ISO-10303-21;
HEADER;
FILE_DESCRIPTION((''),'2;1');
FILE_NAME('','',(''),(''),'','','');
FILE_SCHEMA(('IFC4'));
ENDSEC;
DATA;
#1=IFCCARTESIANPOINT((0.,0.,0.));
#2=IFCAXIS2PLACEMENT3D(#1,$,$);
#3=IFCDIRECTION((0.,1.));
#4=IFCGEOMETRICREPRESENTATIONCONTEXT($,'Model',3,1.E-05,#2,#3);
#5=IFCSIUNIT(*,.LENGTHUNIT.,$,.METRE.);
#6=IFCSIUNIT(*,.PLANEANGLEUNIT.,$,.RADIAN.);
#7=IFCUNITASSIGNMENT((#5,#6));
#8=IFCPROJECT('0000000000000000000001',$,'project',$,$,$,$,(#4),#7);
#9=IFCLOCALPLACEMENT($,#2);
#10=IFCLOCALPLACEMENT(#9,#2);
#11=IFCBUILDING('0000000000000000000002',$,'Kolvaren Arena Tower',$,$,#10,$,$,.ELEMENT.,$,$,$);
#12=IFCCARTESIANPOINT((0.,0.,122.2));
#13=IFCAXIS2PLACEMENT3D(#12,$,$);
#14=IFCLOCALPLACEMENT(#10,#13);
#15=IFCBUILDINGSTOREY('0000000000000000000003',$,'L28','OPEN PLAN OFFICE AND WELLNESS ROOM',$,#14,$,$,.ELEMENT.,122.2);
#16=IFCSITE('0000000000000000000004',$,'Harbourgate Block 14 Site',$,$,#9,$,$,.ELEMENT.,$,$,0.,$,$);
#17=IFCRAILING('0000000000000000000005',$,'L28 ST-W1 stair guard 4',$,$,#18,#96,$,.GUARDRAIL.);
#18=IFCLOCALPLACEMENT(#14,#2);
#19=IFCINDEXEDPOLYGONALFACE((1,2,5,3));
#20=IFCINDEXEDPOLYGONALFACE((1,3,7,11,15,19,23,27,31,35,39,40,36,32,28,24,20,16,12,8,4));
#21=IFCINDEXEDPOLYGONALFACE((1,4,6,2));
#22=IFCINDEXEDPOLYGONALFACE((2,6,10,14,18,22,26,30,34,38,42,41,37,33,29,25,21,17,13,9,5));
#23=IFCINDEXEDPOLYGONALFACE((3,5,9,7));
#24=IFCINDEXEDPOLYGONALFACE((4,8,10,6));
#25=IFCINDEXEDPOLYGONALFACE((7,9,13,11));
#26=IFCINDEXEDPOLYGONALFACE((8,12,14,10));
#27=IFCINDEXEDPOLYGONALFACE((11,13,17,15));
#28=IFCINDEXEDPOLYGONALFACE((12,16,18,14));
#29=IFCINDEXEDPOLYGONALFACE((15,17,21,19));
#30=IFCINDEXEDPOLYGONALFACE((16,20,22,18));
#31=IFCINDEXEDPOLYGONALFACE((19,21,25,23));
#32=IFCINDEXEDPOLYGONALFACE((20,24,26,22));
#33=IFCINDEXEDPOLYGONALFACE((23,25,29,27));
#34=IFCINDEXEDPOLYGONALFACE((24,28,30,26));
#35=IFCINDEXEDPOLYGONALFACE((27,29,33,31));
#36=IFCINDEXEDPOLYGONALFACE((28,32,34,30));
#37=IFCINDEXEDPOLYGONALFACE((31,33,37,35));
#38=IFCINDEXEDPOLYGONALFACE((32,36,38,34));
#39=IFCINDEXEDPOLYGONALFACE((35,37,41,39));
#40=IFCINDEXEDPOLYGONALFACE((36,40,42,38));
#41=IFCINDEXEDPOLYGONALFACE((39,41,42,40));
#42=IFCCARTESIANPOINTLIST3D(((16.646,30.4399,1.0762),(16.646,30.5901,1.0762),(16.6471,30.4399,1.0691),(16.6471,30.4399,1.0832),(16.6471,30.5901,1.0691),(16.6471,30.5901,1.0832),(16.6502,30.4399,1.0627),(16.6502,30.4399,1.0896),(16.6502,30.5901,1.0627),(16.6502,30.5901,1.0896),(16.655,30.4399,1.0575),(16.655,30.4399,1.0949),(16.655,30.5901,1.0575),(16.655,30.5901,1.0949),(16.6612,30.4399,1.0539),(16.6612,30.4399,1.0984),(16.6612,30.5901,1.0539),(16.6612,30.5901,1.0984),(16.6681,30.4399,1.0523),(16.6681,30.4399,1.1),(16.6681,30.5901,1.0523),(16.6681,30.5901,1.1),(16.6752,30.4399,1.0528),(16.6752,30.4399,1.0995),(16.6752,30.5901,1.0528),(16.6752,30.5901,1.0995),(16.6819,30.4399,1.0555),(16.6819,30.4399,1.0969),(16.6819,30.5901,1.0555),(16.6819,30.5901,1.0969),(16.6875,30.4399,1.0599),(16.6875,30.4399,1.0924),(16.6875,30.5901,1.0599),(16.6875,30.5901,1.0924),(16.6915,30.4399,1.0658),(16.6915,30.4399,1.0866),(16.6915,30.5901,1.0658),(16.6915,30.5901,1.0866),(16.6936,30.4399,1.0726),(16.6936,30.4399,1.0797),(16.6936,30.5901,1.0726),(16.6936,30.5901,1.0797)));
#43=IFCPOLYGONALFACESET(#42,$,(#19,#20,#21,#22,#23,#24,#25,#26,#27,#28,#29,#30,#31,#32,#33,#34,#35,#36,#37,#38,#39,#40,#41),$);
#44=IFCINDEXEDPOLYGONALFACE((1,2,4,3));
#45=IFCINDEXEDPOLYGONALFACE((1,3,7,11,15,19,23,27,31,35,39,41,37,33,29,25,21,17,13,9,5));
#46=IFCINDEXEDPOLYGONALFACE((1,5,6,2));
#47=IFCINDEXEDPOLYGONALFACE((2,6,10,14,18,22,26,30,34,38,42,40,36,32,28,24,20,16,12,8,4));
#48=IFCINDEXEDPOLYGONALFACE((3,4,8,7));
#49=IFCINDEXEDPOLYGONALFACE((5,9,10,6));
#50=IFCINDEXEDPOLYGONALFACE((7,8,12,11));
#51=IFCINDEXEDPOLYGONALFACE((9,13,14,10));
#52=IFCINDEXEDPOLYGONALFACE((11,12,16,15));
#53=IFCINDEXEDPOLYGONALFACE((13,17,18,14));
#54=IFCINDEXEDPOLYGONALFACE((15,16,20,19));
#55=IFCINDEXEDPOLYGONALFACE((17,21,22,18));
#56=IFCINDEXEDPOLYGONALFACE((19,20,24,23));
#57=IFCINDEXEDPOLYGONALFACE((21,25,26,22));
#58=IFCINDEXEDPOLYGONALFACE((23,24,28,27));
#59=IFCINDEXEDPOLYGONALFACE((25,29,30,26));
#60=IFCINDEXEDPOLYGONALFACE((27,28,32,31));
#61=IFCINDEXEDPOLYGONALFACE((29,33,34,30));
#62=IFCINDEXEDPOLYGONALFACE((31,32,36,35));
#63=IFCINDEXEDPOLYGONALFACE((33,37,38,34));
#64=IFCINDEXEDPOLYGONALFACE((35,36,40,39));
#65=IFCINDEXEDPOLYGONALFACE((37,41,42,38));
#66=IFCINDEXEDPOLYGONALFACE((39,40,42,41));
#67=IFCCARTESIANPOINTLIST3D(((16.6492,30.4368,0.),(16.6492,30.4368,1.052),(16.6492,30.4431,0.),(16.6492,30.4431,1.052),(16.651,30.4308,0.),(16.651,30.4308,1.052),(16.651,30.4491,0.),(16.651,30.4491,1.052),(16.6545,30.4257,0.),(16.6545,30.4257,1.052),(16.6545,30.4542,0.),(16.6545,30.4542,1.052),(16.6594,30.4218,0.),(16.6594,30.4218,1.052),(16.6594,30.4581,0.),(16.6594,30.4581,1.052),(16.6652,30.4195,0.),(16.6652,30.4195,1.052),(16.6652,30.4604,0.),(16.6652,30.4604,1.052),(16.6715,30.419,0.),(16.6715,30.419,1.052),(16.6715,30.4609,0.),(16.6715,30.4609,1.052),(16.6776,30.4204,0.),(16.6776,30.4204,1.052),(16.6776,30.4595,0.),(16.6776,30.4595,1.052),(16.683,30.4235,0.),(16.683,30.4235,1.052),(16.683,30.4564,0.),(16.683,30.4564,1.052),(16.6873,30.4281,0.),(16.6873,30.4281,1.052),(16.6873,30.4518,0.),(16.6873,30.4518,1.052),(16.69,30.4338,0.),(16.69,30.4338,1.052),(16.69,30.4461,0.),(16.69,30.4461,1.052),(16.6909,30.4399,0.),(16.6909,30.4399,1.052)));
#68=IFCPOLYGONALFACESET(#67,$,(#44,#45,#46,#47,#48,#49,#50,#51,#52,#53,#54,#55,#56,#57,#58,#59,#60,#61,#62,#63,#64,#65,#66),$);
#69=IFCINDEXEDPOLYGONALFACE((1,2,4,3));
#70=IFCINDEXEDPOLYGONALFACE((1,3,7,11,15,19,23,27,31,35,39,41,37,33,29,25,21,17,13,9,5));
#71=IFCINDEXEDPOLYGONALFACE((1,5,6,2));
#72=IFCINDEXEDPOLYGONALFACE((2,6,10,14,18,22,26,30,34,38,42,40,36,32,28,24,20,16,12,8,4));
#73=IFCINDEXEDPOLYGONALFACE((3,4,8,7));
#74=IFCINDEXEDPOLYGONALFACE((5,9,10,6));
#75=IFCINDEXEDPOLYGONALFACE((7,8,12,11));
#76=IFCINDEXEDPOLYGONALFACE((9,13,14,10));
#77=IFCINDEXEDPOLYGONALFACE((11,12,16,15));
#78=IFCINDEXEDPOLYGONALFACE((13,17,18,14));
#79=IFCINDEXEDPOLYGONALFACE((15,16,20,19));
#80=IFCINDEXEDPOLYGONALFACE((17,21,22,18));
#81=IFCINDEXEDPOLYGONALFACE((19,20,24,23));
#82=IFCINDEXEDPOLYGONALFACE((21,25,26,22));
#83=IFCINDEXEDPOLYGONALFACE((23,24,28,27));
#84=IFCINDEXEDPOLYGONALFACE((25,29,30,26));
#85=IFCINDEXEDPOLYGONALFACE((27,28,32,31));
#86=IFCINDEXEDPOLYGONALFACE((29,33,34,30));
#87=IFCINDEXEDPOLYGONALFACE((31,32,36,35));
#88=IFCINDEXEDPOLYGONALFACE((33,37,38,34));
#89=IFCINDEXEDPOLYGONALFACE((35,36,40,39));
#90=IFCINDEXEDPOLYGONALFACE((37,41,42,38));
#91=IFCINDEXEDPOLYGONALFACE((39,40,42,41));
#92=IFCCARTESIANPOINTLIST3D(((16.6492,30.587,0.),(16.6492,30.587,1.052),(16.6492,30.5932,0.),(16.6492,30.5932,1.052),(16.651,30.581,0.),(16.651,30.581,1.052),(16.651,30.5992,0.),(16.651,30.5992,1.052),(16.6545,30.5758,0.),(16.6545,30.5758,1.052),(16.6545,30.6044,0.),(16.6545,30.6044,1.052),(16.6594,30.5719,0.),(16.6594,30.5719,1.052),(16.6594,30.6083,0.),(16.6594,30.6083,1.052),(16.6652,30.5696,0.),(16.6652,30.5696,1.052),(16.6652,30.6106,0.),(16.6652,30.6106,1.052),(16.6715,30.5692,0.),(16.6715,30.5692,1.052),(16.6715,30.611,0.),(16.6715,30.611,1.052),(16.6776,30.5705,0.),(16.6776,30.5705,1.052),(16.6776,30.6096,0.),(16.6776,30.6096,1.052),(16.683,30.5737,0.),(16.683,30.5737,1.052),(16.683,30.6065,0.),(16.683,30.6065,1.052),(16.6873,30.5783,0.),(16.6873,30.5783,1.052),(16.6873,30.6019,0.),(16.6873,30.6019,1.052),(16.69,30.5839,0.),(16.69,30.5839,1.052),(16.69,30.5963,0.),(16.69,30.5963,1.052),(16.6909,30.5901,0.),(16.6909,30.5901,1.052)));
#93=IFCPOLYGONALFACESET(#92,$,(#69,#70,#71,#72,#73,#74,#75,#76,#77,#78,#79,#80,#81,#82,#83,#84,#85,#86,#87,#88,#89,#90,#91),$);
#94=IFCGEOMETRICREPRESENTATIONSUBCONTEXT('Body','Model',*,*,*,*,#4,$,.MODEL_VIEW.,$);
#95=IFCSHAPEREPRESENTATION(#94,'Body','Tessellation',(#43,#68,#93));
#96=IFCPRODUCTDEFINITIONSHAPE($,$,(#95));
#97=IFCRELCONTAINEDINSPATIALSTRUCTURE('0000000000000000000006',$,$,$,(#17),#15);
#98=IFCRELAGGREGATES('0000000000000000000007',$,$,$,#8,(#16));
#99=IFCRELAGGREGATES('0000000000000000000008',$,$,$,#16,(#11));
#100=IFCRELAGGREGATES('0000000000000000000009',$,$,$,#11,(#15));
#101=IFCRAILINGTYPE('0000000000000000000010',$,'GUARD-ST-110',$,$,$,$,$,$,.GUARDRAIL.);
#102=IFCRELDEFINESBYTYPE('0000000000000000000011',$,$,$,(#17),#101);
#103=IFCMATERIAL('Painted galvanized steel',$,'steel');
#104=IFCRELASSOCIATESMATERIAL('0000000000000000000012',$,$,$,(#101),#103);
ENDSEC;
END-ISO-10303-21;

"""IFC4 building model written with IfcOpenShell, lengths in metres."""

from ifc_helpers import new_model, si_unit, direction, frame, origin, origin_2d, place, context, subcontext, project, spatial, circle, extrude, material, type_object, element, save


model = new_model("IFC4")

# Units and contexts
model_context = context("Model", 3, precision=1e-05, world=origin(), true_north=direction((0.0, 1.0)))
body_context = subcontext(model_context, "Body", "Model", "MODEL_VIEW")
ifc_project = project(units=[si_unit("LENGTHUNIT", "METRE"), si_unit("PLANEANGLEUNIT", "RADIAN")], contexts=[model_context])

# Site, building, storey
site_placement = place(None, origin())
site = spatial("IfcSite", under=ifc_project, at=site_placement, Name="Harbourgate Block 14 Site", CompositionType="ELEMENT", RefElevation=0.0)
building_placement = place(site_placement, origin())
building = spatial("IfcBuilding", under=site, at=building_placement, Name="Kolvaren Arena Tower", CompositionType="ELEMENT")
storey_placement = place(building_placement, frame((0.0, 0.0, 122.2)))
storey = spatial("IfcBuildingStorey", under=building, at=storey_placement, Name="L28", Description="OPEN PLAN OFFICE AND WELLNESS ROOM", CompositionType="ELEMENT", Elevation=122.2)

# Railing
ifc_material_1 = material(Name="Painted galvanized steel", Category="steel")
railing_type_1 = type_object("IfcRailingType", Name="GUARD-ST-110", PredefinedType="GUARDRAIL", material=ifc_material_1)
railing_1_placement = place(storey_placement, frame((16.6699, 30.4399, 0.0)))
element("IfcRailing", 1, at=railing_1_placement, inside=storey, type_object=railing_type_1, Name="L28 ST-W1 stair guard 4", PredefinedType="GUARDRAIL", context=body_context, shape_type="SweptSolid", body=[
    extrude(circle(Radius=0.0239, at=origin_2d()), frame((0.0, 0.0, 1.0762), z_axis=(0.0, 1.0, 0.0), x_axis=(-1.0, 0.0, 0.0)), (0.0, 0.0, 1.0), 0.1501),
    extrude(circle(Radius=0.021, at=origin_2d()), origin(), (0.0, 0.0, 1.0), 1.052),
    extrude(circle(Radius=0.021, at=origin_2d()), frame((0.0, 0.1501, 0.0)), (0.0, 0.0, 1.0), 1.052),
])

save(model, "model.ifc")
